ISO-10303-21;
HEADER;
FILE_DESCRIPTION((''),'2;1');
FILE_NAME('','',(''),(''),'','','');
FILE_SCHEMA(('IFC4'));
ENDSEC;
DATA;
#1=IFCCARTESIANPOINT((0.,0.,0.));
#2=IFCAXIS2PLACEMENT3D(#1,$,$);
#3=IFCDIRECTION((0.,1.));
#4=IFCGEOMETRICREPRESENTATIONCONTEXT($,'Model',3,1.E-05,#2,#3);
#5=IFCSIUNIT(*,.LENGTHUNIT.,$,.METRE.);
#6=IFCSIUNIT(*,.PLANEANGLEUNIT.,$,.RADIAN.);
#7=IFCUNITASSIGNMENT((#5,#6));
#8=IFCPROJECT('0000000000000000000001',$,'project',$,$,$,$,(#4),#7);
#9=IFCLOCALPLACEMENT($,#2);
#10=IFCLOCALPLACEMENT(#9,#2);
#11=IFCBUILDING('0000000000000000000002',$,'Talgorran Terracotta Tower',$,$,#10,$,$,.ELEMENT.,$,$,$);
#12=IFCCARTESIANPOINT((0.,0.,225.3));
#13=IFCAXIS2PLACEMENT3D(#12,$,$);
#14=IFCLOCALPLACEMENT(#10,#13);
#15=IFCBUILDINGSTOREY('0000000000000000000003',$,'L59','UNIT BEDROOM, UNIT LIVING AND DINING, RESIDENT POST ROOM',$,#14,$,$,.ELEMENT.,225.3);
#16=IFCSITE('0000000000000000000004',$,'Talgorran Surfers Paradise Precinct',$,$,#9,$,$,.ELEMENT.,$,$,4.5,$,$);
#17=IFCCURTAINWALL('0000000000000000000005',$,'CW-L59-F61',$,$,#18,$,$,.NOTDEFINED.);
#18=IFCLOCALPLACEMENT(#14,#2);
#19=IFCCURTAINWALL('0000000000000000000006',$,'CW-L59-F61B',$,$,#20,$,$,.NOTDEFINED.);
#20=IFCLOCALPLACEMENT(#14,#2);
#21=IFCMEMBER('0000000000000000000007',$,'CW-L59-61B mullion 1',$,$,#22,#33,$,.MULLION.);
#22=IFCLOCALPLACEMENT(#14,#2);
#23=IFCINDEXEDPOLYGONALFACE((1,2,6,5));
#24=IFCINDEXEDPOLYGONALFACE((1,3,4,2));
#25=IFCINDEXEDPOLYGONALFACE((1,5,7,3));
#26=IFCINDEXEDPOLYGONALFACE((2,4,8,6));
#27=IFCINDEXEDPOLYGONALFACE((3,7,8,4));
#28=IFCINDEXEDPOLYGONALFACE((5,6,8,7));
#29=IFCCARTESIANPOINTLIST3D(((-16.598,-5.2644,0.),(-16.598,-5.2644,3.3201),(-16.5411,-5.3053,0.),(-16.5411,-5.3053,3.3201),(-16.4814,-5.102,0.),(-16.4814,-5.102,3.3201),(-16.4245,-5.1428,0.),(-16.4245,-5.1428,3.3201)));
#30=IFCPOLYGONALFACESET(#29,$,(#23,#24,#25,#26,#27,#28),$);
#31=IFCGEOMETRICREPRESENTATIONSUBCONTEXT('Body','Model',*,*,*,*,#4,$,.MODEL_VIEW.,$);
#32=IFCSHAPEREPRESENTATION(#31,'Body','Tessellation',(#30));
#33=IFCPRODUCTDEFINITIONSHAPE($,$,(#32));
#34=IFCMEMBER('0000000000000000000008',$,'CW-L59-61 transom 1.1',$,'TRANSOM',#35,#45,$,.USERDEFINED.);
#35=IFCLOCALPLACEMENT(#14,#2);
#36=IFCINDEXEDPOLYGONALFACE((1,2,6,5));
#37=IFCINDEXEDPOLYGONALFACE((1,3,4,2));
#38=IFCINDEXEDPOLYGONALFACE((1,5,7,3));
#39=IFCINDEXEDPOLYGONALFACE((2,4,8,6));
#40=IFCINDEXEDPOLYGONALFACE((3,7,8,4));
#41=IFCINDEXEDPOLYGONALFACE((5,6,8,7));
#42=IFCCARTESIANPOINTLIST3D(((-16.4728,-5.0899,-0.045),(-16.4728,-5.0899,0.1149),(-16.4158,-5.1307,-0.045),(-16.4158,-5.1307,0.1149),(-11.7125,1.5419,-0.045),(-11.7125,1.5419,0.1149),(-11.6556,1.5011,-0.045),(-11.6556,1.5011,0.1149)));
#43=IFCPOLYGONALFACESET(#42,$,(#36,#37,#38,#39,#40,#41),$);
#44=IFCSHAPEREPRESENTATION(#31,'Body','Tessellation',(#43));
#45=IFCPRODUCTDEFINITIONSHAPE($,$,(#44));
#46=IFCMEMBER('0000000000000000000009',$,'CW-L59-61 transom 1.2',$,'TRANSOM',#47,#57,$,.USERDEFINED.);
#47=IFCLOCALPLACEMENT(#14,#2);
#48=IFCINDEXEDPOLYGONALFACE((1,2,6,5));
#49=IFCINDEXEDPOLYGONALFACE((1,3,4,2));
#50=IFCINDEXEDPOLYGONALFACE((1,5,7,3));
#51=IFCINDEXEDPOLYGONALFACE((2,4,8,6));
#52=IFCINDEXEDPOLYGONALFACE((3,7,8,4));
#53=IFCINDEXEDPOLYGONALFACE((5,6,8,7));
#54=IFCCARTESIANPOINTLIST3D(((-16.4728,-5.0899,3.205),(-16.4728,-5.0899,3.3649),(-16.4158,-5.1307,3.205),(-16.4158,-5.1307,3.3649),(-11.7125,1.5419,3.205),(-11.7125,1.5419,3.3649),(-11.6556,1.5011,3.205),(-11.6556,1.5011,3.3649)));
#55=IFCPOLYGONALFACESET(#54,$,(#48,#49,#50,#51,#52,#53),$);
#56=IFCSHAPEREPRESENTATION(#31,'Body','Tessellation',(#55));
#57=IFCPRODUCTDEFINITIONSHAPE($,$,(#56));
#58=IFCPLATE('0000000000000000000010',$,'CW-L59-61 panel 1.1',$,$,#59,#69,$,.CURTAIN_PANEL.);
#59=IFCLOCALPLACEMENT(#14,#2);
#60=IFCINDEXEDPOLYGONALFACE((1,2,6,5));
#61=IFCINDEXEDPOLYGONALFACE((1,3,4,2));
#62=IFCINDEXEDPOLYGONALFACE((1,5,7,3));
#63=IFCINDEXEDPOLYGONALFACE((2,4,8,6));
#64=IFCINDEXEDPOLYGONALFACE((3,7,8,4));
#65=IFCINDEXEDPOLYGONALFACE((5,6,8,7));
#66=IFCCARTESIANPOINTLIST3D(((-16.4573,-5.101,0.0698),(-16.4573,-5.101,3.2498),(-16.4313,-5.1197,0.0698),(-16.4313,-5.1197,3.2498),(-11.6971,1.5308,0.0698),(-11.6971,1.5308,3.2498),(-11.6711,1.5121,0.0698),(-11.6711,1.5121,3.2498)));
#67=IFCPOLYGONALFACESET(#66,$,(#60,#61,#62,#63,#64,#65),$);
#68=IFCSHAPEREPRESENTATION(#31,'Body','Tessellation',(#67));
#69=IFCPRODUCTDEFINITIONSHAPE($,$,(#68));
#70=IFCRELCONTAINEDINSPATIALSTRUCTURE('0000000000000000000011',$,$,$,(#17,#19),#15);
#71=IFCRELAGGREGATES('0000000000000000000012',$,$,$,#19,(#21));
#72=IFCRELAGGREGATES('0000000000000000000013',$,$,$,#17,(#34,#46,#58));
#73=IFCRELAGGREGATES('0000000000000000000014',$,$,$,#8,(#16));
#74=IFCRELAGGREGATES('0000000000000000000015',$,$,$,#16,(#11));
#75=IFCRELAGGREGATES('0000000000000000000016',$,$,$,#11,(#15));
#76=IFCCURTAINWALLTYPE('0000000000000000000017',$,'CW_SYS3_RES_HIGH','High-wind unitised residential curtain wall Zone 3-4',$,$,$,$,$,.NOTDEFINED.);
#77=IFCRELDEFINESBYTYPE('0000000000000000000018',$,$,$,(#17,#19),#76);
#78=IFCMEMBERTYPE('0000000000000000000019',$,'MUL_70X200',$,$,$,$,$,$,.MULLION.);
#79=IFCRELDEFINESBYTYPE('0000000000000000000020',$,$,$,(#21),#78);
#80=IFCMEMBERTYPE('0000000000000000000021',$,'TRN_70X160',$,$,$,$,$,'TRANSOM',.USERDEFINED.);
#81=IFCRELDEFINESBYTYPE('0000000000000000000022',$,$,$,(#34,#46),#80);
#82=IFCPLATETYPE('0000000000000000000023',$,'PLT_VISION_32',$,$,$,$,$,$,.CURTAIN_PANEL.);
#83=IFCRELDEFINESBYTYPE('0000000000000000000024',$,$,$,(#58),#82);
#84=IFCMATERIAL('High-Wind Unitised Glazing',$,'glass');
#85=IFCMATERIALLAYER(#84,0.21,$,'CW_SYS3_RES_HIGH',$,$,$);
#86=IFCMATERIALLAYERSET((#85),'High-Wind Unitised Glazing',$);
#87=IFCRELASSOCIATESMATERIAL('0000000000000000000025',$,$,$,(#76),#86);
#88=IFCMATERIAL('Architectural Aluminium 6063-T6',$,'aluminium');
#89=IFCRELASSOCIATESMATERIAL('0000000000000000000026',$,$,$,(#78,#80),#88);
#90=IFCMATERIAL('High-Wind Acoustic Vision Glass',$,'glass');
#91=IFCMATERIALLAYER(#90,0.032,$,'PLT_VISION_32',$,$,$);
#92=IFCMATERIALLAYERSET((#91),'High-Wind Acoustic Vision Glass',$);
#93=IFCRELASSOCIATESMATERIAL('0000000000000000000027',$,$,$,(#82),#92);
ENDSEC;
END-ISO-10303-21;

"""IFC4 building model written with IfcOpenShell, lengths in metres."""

from ifc_helpers import new_model, si_unit, direction, frame, origin, origin_2d, place, context, subcontext, project, spatial, rectangle, extrude, source, transform, mapped, material, layer, layer_set, material_profile, profile_set, type_object, type_shapes, element, aggregate, save


model = new_model("IFC4")

# Units and contexts
model_context = context("Model", 3, precision=1e-05, world=origin(), true_north=direction((0.0, 1.0)))
body_context = subcontext(model_context, "Body", "Model", "MODEL_VIEW")
ifc_project = project(units=[si_unit("LENGTHUNIT", "METRE"), si_unit("PLANEANGLEUNIT", "RADIAN")], contexts=[model_context])

# Site, building, storey
site_placement = place(None, origin())
site = spatial("IfcSite", under=ifc_project, at=site_placement, Name="Talgorran Surfers Paradise Precinct", CompositionType="ELEMENT", RefElevation=4.5)
building_placement = place(site_placement, origin())
building = spatial("IfcBuilding", under=site, at=building_placement, Name="Talgorran Terracotta Tower", CompositionType="ELEMENT")
storey_placement = place(building_placement, frame((0.0, 0.0, 225.3)))
storey = spatial("IfcBuildingStorey", under=building, at=storey_placement, Name="L59", Description="UNIT BEDROOM, UNIT LIVING AND DINING, RESIDENT POST ROOM", CompositionType="ELEMENT", Elevation=225.3)

# Curtain wall
ifc_material_1 = material(Name="High-Wind Unitised Glazing", Category="glass")
ifc_layer_1 = layer(ifc_material_1, 0.21, Name="CW_SYS3_RES_HIGH")
ifc_layer_set_1 = layer_set([ifc_layer_1], Name="High-Wind Unitised Glazing")
curtain_wall_type = type_object("IfcCurtainWallType", Name="CW_SYS3_RES_HIGH", Description="High-wind unitised residential curtain wall Zone 3-4", PredefinedType="NOTDEFINED", material=ifc_layer_set_1)
curtain_wall_1_placement = place(storey_placement, origin())
curtain_wall_1 = element("IfcCurtainWall", 1, at=curtain_wall_1_placement, inside=storey, type_object=curtain_wall_type, Name="CW-L59-F61", PredefinedType="NOTDEFINED")
ifc_material_2 = material(Name="Architectural Aluminium 6063-T6", Category="aluminium")
ifc_material_profile_1 = material_profile(ifc_material_2, rectangle(XDim=0.0701, YDim=0.2, at=origin_2d()), Name="CWM70X200")
ifc_profile_set_1 = profile_set([ifc_material_profile_1], Name="Architectural Aluminium 6063-T6")
member_type_1 = type_object("IfcMemberType", Name="MUL_70X200", PredefinedType="MULLION", material=ifc_profile_set_1)

# Curtain wall, member
curtain_wall_2_placement = place(storey_placement, origin())
curtain_wall_2 = element("IfcCurtainWall", 2, at=curtain_wall_2_placement, inside=storey, type_object=curtain_wall_type, Name="CW-L59-F61B", PredefinedType="NOTDEFINED")
member_1_placement = place(storey_placement, frame((-16.5112, -5.2036, 0.0), z_axis=(0.0, 0.0, 1.0), x_axis=(0.812387, -0.583119, 0.0)))
member_1 = element("IfcMember", 3, at=member_1_placement, type_object=member_type_1, Name="CW-L59-61B mullion 1", PredefinedType="MULLION", context=body_context, shape_type="SweptSolid", body=[
    extrude(rectangle(XDim=0.0701, YDim=0.2, at=origin_2d()), origin(), (0.0, 0.0, 1.0), 3.3201),
])
aggregate(curtain_wall_2, [member_1])

# Members
ifc_material_profile_2 = material_profile(ifc_material_2, rectangle(XDim=0.0701, YDim=0.1599, at=origin_2d()), Name="CWT70X160")
ifc_profile_set_2 = profile_set([ifc_material_profile_2], Name="Architectural Aluminium 6063-T6")
member_type_2 = type_object("IfcMemberType", Name="TRN_70X160", ElementType="TRANSOM", PredefinedType="USERDEFINED", material=ifc_profile_set_2)
member_2_placement = place(storey_placement, frame((-11.6841, 1.5215, 0.0349), z_axis=(-0.583121, -0.812385, 0.0), x_axis=(0.812385, -0.583121, 0.0)))
member_2 = element("IfcMember", 4, at=member_2_placement, type_object=member_type_2, Name="CW-L59-61 transom 1.1", ObjectType="TRANSOM", PredefinedType="USERDEFINED", context=body_context, shape_type="SweptSolid", body=[
    extrude(rectangle(XDim=0.0701, YDim=0.1599, at=origin_2d()), origin(), (0.0, 0.0, 1.0), 8.1633),
])
member_3_placement = place(storey_placement, frame((-11.6841, 1.5215, 3.2849), z_axis=(-0.583121, -0.812385, 0.0), x_axis=(0.812385, -0.583121, 0.0)))
member_3 = element("IfcMember", 5, at=member_3_placement, type_object=member_type_2, Name="CW-L59-61 transom 1.2", ObjectType="TRANSOM", PredefinedType="USERDEFINED", context=body_context, shape_type="SweptSolid", body=[
    extrude(rectangle(XDim=0.0701, YDim=0.1599, at=origin_2d()), origin(), (0.0, 0.0, 1.0), 8.1633),
])

# Plate
ifc_material_3 = material(Name="High-Wind Acoustic Vision Glass", Category="glass")
ifc_layer_2 = layer(ifc_material_3, 0.032, Name="PLT_VISION_32")
ifc_layer_set_2 = layer_set([ifc_layer_2], Name="High-Wind Acoustic Vision Glass")
plate_type = type_object("IfcPlateType", Name="PLT_VISION_32", PredefinedType="CURTAIN_PANEL", material=ifc_layer_set_2)
shared_shape = source(origin(), body_context, "Body", "SweptSolid", [
    extrude(rectangle(XDim=8.1633, YDim=0.032, at=origin_2d()), origin(), (0.0, 0.0, 1.0), 3.1799),
])
type_shapes(plate_type, [shared_shape])
plate_placement = place(storey_placement, frame((-14.0642, -1.7944, 0.0698), z_axis=(0.0, 0.0, 1.0), x_axis=(-0.583118, -0.812388, 0.0)))
plate = element("IfcPlate", 6, at=plate_placement, type_object=plate_type, Name="CW-L59-61 panel 1.1", PredefinedType="CURTAIN_PANEL", context=body_context, shape_type="MappedRepresentation", body=[
    mapped(shared_shape, transform((0.0, 0.0, 0.0), scale=1.0)),
])
aggregate(curtain_wall_1, [member_2, member_3, plate])

save(model, "model.ifc")
